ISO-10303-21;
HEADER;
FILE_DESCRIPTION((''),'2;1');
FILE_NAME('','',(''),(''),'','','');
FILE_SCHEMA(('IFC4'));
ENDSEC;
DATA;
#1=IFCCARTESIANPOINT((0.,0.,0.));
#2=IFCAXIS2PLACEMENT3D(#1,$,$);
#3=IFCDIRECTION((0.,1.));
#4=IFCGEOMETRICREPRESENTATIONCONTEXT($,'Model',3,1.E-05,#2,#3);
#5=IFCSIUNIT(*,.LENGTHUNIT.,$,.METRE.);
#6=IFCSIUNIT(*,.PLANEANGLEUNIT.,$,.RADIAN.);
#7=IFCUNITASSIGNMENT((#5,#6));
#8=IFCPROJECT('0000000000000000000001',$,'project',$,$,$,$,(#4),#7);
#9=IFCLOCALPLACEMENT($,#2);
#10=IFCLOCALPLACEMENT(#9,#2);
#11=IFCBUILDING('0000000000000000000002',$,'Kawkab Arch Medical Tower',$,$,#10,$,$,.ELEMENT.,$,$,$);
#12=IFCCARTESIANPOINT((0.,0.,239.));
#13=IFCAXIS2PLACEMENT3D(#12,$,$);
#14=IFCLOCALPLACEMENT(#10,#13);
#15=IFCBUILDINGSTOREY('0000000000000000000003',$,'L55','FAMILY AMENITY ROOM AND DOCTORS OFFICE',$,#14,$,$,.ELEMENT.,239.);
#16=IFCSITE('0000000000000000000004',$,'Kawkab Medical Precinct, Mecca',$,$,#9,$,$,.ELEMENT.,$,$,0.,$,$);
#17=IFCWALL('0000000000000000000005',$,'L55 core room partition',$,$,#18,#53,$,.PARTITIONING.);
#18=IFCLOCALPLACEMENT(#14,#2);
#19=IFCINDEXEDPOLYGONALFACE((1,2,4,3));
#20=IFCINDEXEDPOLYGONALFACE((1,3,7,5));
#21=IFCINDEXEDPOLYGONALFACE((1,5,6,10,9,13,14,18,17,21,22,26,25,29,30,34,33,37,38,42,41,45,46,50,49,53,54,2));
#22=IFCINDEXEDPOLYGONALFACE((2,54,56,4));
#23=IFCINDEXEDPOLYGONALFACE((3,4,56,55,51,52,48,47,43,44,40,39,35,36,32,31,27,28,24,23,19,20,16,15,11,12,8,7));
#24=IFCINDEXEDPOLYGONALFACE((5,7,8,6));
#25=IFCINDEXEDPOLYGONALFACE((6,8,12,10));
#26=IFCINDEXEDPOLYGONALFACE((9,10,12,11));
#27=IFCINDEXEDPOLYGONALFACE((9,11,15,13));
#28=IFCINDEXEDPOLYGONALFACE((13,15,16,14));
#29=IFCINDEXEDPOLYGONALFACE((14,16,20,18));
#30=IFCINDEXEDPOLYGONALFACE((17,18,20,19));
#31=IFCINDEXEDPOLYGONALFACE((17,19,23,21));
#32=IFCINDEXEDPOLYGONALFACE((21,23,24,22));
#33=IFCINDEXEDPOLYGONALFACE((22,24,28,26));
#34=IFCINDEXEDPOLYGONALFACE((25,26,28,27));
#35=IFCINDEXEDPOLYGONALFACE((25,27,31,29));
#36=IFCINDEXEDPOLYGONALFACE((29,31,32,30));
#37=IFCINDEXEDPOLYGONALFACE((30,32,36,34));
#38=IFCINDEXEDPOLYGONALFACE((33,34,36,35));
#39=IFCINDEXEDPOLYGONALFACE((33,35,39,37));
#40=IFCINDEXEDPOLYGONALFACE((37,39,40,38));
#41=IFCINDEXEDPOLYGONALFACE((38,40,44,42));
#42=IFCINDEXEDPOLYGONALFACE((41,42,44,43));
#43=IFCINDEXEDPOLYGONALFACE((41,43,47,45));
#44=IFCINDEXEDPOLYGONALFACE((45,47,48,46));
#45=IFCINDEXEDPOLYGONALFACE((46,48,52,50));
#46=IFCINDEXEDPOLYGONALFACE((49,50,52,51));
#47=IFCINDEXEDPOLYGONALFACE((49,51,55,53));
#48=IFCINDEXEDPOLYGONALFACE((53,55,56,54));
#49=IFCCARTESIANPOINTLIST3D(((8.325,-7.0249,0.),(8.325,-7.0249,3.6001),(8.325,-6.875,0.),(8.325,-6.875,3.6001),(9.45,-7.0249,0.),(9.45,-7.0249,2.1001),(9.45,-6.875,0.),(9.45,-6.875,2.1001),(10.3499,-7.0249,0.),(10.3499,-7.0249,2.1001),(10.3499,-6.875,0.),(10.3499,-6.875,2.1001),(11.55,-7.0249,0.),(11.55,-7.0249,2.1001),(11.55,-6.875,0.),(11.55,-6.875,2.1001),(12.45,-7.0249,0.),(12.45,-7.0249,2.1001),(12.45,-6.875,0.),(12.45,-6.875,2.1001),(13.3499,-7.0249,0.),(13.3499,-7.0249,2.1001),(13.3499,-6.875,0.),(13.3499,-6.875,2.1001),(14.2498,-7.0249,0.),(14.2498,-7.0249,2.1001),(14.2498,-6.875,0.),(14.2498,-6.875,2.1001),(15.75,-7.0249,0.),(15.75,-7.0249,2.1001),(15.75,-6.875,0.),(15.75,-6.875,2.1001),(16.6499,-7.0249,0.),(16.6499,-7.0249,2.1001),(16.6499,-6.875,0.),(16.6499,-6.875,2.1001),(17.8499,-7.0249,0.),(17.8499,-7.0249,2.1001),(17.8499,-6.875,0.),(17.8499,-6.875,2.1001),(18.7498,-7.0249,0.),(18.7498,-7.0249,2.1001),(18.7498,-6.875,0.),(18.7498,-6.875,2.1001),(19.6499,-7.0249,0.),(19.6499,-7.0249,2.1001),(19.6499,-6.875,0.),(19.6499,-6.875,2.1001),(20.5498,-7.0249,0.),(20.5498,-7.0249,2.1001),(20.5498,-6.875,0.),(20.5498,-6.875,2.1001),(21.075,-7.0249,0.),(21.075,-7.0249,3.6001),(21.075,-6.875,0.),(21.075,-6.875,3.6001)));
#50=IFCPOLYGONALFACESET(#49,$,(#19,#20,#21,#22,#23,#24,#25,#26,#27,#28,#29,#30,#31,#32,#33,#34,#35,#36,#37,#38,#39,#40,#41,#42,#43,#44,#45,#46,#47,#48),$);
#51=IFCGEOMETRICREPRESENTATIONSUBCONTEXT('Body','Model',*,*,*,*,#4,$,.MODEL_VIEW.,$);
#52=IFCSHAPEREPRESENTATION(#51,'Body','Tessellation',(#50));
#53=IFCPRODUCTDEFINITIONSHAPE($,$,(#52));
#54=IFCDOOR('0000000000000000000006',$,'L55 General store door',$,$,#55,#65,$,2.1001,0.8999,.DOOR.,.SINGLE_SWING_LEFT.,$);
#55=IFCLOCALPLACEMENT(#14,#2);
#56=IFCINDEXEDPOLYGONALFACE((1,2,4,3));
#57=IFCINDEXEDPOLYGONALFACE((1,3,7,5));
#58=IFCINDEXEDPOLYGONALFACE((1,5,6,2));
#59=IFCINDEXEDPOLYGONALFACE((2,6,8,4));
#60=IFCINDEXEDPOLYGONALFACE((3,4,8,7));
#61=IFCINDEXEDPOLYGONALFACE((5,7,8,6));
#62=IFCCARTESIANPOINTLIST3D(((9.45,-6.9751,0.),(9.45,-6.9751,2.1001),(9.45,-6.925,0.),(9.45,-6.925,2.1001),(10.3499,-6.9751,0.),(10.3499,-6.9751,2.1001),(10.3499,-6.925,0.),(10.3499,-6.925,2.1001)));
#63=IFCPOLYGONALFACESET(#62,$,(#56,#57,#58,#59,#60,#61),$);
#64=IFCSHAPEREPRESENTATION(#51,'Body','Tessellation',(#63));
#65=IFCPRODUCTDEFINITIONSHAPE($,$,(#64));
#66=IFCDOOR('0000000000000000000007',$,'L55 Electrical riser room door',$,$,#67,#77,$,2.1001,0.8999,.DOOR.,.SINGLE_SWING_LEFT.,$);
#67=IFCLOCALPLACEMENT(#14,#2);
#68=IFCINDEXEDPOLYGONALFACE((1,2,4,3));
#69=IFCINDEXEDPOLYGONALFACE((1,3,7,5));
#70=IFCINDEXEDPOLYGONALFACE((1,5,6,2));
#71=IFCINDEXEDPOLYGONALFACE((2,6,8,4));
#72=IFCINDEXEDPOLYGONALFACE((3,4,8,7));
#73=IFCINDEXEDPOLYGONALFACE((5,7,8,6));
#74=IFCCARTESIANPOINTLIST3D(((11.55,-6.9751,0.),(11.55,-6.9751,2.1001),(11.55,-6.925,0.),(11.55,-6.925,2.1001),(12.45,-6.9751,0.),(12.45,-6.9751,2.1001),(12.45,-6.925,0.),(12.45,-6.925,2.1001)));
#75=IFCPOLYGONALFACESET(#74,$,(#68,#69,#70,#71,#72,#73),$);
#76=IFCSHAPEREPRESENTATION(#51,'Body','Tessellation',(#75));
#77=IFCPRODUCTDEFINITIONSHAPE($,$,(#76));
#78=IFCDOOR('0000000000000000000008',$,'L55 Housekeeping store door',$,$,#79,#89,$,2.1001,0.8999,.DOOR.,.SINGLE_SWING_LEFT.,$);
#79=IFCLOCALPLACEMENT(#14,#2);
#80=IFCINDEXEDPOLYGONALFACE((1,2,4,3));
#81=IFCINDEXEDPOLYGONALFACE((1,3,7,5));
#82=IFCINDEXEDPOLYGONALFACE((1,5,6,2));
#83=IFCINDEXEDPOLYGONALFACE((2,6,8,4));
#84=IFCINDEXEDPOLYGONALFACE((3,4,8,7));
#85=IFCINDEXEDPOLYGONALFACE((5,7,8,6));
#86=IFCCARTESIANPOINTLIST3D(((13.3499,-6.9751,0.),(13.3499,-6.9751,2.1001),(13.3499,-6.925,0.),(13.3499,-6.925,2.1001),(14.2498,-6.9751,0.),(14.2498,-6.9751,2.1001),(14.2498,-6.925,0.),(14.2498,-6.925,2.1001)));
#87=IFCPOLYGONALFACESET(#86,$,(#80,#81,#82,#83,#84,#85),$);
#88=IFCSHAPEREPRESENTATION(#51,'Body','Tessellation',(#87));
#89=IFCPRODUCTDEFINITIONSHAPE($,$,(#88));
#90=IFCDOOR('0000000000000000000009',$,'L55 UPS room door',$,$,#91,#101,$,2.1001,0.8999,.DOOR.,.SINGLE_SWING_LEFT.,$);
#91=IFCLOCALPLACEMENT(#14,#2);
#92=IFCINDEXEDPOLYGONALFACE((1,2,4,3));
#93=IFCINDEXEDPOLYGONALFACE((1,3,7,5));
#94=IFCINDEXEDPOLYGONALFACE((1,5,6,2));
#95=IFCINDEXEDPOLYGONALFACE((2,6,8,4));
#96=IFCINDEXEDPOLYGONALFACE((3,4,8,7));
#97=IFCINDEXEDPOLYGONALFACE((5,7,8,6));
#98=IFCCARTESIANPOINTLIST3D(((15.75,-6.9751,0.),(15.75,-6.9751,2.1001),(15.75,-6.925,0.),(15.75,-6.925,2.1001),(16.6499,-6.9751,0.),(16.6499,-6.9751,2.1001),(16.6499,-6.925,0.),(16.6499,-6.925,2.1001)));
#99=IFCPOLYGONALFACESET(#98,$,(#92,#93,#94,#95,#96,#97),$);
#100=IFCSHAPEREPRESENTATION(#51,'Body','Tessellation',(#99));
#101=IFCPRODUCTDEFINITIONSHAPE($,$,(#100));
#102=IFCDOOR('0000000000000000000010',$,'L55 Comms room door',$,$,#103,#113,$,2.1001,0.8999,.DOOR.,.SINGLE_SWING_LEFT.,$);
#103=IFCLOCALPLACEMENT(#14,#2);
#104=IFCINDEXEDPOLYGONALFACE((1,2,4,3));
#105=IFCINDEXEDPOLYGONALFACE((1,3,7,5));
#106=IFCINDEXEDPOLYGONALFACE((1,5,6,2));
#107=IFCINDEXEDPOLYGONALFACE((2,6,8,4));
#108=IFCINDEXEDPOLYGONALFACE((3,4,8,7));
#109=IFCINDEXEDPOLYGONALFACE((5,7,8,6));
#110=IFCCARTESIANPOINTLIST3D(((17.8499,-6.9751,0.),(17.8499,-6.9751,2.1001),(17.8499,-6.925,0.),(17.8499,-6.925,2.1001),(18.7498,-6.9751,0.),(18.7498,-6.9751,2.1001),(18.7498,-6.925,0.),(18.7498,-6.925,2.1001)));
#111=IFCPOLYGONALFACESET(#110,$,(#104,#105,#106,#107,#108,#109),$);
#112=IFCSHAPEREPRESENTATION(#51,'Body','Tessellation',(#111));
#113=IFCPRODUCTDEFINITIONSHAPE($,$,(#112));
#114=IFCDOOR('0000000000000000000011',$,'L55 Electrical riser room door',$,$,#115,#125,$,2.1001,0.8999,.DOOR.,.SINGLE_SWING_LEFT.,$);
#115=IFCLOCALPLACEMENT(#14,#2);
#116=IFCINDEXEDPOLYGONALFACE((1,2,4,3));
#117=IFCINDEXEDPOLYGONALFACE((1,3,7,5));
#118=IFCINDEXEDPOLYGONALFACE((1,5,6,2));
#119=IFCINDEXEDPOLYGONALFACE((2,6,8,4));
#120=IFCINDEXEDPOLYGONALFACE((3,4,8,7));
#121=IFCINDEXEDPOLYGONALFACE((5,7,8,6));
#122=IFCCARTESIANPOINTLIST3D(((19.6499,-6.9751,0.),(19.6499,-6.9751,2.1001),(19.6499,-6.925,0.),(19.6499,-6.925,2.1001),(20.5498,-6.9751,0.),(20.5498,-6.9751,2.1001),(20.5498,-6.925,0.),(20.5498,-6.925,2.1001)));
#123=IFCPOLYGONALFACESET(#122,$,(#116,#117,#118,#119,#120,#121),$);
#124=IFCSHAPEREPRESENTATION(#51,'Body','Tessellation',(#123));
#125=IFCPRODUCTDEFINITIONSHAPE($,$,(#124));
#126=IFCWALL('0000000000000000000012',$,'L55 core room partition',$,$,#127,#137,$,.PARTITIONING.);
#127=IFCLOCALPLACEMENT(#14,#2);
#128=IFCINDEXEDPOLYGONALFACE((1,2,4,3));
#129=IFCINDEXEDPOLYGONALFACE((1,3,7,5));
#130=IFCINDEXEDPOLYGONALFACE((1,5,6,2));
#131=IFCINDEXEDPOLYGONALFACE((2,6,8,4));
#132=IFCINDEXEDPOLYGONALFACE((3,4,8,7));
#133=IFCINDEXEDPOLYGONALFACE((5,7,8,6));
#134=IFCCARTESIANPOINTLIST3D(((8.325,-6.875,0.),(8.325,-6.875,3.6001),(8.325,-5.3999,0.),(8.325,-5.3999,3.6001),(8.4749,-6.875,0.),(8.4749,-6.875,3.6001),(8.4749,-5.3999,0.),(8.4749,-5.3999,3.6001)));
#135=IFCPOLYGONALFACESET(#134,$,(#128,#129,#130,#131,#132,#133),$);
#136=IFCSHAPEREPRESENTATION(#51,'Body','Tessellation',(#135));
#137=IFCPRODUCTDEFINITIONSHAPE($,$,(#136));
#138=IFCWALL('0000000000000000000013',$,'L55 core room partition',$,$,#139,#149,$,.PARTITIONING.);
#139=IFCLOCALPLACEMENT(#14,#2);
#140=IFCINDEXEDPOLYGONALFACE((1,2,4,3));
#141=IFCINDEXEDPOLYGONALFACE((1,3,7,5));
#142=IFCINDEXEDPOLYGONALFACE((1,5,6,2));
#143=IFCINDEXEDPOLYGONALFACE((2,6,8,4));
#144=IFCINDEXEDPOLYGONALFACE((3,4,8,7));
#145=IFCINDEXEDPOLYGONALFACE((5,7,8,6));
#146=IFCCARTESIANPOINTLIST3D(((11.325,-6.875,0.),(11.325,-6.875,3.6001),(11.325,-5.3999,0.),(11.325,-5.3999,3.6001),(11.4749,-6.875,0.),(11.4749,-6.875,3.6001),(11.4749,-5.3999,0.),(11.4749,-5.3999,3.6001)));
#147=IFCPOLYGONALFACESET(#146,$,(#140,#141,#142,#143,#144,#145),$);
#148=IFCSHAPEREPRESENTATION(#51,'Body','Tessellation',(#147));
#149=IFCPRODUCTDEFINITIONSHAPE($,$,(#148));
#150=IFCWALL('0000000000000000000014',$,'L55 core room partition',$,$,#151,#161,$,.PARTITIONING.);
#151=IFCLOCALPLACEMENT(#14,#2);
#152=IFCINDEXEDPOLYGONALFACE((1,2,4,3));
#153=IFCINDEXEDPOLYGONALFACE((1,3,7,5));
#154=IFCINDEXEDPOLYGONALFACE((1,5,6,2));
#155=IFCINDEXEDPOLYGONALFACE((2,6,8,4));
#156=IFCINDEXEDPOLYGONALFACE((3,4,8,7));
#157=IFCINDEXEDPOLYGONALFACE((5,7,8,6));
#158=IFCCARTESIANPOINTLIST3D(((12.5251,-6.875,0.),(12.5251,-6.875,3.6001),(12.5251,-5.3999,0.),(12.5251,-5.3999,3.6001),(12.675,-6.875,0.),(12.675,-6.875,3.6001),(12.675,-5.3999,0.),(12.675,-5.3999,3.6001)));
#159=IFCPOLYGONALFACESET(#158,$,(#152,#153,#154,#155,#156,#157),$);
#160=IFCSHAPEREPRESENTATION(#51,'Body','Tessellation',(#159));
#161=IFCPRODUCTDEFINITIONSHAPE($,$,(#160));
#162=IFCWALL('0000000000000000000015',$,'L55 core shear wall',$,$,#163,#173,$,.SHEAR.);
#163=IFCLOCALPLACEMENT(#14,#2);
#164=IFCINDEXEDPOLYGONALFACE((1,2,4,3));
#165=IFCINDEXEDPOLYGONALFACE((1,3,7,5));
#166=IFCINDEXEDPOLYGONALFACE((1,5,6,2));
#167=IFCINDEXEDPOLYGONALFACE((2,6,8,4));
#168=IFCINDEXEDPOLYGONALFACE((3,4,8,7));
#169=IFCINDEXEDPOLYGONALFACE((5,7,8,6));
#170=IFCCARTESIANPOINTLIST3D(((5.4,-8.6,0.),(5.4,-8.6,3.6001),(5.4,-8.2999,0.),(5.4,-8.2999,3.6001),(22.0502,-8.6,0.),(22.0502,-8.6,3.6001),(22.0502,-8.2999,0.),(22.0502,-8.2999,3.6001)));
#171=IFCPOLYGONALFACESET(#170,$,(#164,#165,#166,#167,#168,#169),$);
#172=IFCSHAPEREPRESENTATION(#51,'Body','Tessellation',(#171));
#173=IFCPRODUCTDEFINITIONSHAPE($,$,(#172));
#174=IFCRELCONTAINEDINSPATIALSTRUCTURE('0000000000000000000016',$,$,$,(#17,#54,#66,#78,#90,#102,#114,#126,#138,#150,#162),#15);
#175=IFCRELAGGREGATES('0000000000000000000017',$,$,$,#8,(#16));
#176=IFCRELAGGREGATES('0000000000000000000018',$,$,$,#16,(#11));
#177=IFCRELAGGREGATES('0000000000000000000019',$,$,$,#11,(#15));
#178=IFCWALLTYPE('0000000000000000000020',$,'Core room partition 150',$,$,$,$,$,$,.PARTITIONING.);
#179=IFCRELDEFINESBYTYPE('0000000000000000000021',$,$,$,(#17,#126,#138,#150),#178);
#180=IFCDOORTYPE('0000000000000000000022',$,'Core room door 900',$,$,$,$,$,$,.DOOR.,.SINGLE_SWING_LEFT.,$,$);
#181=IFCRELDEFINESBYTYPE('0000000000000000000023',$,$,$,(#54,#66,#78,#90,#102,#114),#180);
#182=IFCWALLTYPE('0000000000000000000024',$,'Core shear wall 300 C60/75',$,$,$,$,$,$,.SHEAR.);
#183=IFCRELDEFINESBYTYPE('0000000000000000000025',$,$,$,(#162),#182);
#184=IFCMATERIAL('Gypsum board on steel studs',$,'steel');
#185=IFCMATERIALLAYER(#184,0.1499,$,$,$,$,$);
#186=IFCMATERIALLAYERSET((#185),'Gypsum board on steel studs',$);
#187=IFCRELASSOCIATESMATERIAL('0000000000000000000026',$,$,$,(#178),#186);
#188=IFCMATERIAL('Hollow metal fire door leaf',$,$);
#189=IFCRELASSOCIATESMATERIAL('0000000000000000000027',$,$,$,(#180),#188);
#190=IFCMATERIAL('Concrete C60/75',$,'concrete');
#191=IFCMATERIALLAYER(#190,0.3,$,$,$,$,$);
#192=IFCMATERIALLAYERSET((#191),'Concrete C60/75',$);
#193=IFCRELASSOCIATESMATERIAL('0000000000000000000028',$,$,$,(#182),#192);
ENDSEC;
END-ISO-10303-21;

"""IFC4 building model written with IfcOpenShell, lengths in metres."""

from ifc_helpers import new_model, si_unit, direction, frame, frame_2d, origin, place, context, subcontext, project, spatial, rectangle, extrude, material, layer, layer_set, type_object, element, fill, save


model = new_model("IFC4")

# Units and contexts
model_context = context("Model", 3, precision=1e-05, world=origin(), true_north=direction((0.0, 1.0)))
body_context = subcontext(model_context, "Body", "Model", "MODEL_VIEW")
ifc_project = project(units=[si_unit("LENGTHUNIT", "METRE"), si_unit("PLANEANGLEUNIT", "RADIAN")], contexts=[model_context])

# Site, building, storey
site_placement = place(None, origin())
site = spatial("IfcSite", under=ifc_project, at=site_placement, Name="Kawkab Medical Precinct, Mecca", CompositionType="ELEMENT", RefElevation=0.0)
building_placement = place(site_placement, origin())
building = spatial("IfcBuilding", under=site, at=building_placement, Name="Kawkab Arch Medical Tower", CompositionType="ELEMENT")
storey_placement = place(building_placement, frame((0.0, 0.0, 239.0)))
storey = spatial("IfcBuildingStorey", under=building, at=storey_placement, Name="L55", Description="FAMILY AMENITY ROOM AND DOCTORS OFFICE", CompositionType="ELEMENT", Elevation=239.0)

# Wall, openings, doors
ifc_material_1 = material(Name="Gypsum board on steel studs", Category="steel")
ifc_layer_1 = layer(ifc_material_1, 0.1499)
ifc_layer_set_1 = layer_set([ifc_layer_1], Name="Gypsum board on steel studs")
wall_type_1 = type_object("IfcWallType", Name="Core room partition 150", PredefinedType="PARTITIONING", material=ifc_layer_set_1)
wall_1_placement = place(storey_placement, frame((8.325, -6.95, 0.0), z_axis=(0.0, 0.0, 1.0), x_axis=(1.0, 0.0, 0.0)))
wall_1 = element("IfcWall", 1, at=wall_1_placement, inside=storey, type_object=wall_type_1, Name="L55 core room partition", PredefinedType="PARTITIONING", context=body_context, shape_type="SweptSolid", body=[
    extrude(rectangle(XDim=12.75, YDim=0.1499, at=frame_2d((6.375, 0.0))), origin(), (0.0, 0.0, 1.0), 3.6001),
])
opening_1_placement = place(wall_1_placement, frame((1.125, 0.0, 0.0)))
opening_1 = element("IfcOpeningElement", 2, at=opening_1_placement, cuts=wall_1, PredefinedType="OPENING", context=body_context, shape_type="SweptSolid", body=[
    extrude(rectangle(XDim=0.8999, YDim=2.1001, at=frame_2d((0.45, 1.05))), frame((0.0, 0.085, 0.0), z_axis=(0.0, -1.0, 0.0), x_axis=(1.0, 0.0, 0.0)), (0.0, 0.0, 1.0), 0.1699),
])
opening_2_placement = place(wall_1_placement, frame((3.2251, 0.0, 0.0)))
opening_2 = element("IfcOpeningElement", 3, at=opening_2_placement, cuts=wall_1, PredefinedType="OPENING", context=body_context, shape_type="SweptSolid", body=[
    extrude(rectangle(XDim=0.8999, YDim=2.1001, at=frame_2d((0.45, 1.05))), frame((0.0, 0.085, 0.0), z_axis=(0.0, -1.0, 0.0), x_axis=(1.0, 0.0, 0.0)), (0.0, 0.0, 1.0), 0.1699),
])
opening_3_placement = place(wall_1_placement, frame((5.0249, 0.0, 0.0)))
opening_3 = element("IfcOpeningElement", 4, at=opening_3_placement, cuts=wall_1, PredefinedType="OPENING", context=body_context, shape_type="SweptSolid", body=[
    extrude(rectangle(XDim=0.8999, YDim=2.1001, at=frame_2d((0.45, 1.05))), frame((0.0, 0.085, 0.0), z_axis=(0.0, -1.0, 0.0), x_axis=(1.0, 0.0, 0.0)), (0.0, 0.0, 1.0), 0.1699),
])
opening_4_placement = place(wall_1_placement, frame((7.425, 0.0, 0.0)))
opening_4 = element("IfcOpeningElement", 5, at=opening_4_placement, cuts=wall_1, PredefinedType="OPENING", context=body_context, shape_type="SweptSolid", body=[
    extrude(rectangle(XDim=0.8999, YDim=2.1001, at=frame_2d((0.45, 1.05))), frame((0.0, 0.085, 0.0), z_axis=(0.0, -1.0, 0.0), x_axis=(1.0, 0.0, 0.0)), (0.0, 0.0, 1.0), 0.1699),
])
opening_5_placement = place(wall_1_placement, frame((9.5249, 0.0, 0.0)))
opening_5 = element("IfcOpeningElement", 6, at=opening_5_placement, cuts=wall_1, PredefinedType="OPENING", context=body_context, shape_type="SweptSolid", body=[
    extrude(rectangle(XDim=0.8999, YDim=2.1001, at=frame_2d((0.45, 1.05))), frame((0.0, 0.085, 0.0), z_axis=(0.0, -1.0, 0.0), x_axis=(1.0, 0.0, 0.0)), (0.0, 0.0, 1.0), 0.1699),
])
opening_6_placement = place(wall_1_placement, frame((11.325, 0.0, 0.0)))
opening_6 = element("IfcOpeningElement", 7, at=opening_6_placement, cuts=wall_1, PredefinedType="OPENING", context=body_context, shape_type="SweptSolid", body=[
    extrude(rectangle(XDim=0.8999, YDim=2.1001, at=frame_2d((0.45, 1.05))), frame((0.0, 0.085, 0.0), z_axis=(0.0, -1.0, 0.0), x_axis=(1.0, 0.0, 0.0)), (0.0, 0.0, 1.0), 0.1699),
])
ifc_material_2 = material(Name="Hollow metal fire door leaf")
door_type_1 = type_object("IfcDoorType", Name="Core room door 900", OperationType="SINGLE_SWING_LEFT", PredefinedType="DOOR", material=ifc_material_2)
door_1_placement = place(opening_1_placement, origin())
door_1 = element("IfcDoor", 8, at=door_1_placement, inside=storey, type_object=door_type_1, Name="L55 General store door", OperationType="SINGLE_SWING_LEFT", OverallHeight=2.1001, OverallWidth=0.8999, PredefinedType="DOOR", context=body_context, shape_type="SweptSolid", body=[
    extrude(rectangle(XDim=0.8999, YDim=2.1001, at=frame_2d((0.45, 1.05))), frame((0.0, 0.0249, 0.0), z_axis=(0.0, -1.0, 0.0), x_axis=(1.0, 0.0, 0.0)), (0.0, 0.0, 1.0), 0.05),
])
fill(opening_1, door_1)
door_2_placement = place(opening_2_placement, origin())
door_2 = element("IfcDoor", 9, at=door_2_placement, inside=storey, type_object=door_type_1, Name="L55 Electrical riser room door", OperationType="SINGLE_SWING_LEFT", OverallHeight=2.1001, OverallWidth=0.8999, PredefinedType="DOOR", context=body_context, shape_type="SweptSolid", body=[
    extrude(rectangle(XDim=0.8999, YDim=2.1001, at=frame_2d((0.45, 1.05))), frame((0.0, 0.0249, 0.0), z_axis=(0.0, -1.0, 0.0), x_axis=(1.0, 0.0, 0.0)), (0.0, 0.0, 1.0), 0.05),
])
fill(opening_2, door_2)
door_3_placement = place(opening_3_placement, origin())
door_3 = element("IfcDoor", 10, at=door_3_placement, inside=storey, type_object=door_type_1, Name="L55 Housekeeping store door", OperationType="SINGLE_SWING_LEFT", OverallHeight=2.1001, OverallWidth=0.8999, PredefinedType="DOOR", context=body_context, shape_type="SweptSolid", body=[
    extrude(rectangle(XDim=0.8999, YDim=2.1001, at=frame_2d((0.45, 1.05))), frame((0.0, 0.0249, 0.0), z_axis=(0.0, -1.0, 0.0), x_axis=(1.0, 0.0, 0.0)), (0.0, 0.0, 1.0), 0.05),
])
fill(opening_3, door_3)
door_4_placement = place(opening_4_placement, origin())
door_4 = element("IfcDoor", 11, at=door_4_placement, inside=storey, type_object=door_type_1, Name="L55 UPS room door", OperationType="SINGLE_SWING_LEFT", OverallHeight=2.1001, OverallWidth=0.8999, PredefinedType="DOOR", context=body_context, shape_type="SweptSolid", body=[
    extrude(rectangle(XDim=0.8999, YDim=2.1001, at=frame_2d((0.45, 1.05))), frame((0.0, 0.0249, 0.0), z_axis=(0.0, -1.0, 0.0), x_axis=(1.0, 0.0, 0.0)), (0.0, 0.0, 1.0), 0.05),
])
fill(opening_4, door_4)
door_5_placement = place(opening_5_placement, origin())
door_5 = element("IfcDoor", 12, at=door_5_placement, inside=storey, type_object=door_type_1, Name="L55 Comms room door", OperationType="SINGLE_SWING_LEFT", OverallHeight=2.1001, OverallWidth=0.8999, PredefinedType="DOOR", context=body_context, shape_type="SweptSolid", body=[
    extrude(rectangle(XDim=0.8999, YDim=2.1001, at=frame_2d((0.45, 1.05))), frame((0.0, 0.0249, 0.0), z_axis=(0.0, -1.0, 0.0), x_axis=(1.0, 0.0, 0.0)), (0.0, 0.0, 1.0), 0.05),
])
fill(opening_5, door_5)
door_6_placement = place(opening_6_placement, origin())
door_6 = element("IfcDoor", 13, at=door_6_placement, inside=storey, type_object=door_type_1, Name="L55 Electrical riser room door", OperationType="SINGLE_SWING_LEFT", OverallHeight=2.1001, OverallWidth=0.8999, PredefinedType="DOOR", context=body_context, shape_type="SweptSolid", body=[
    extrude(rectangle(XDim=0.8999, YDim=2.1001, at=frame_2d((0.45, 1.05))), frame((0.0, 0.0249, 0.0), z_axis=(0.0, -1.0, 0.0), x_axis=(1.0, 0.0, 0.0)), (0.0, 0.0, 1.0), 0.05),
])
fill(opening_6, door_6)

# Walls
for number, where, z_axis, x_axis, name in (
    (14, (8.3999, -6.875, 0.0), (0.0, 0.0, 1.0), (0.0, 1.0, 0.0), "L55 core room partition"),
    (15, (11.3999, -6.875, 0.0), (0.0, 0.0, 1.0), (0.0, 1.0, 0.0), "L55 core room partition"),
    (16, (12.6001, -6.875, 0.0), (0.0, 0.0, 1.0), (0.0, 1.0, 0.0), "L55 core room partition"),
):
    element("IfcWall", number, at=place(storey_placement, frame(where, z_axis=z_axis, x_axis=x_axis)), inside=storey, type_object=wall_type_1, Name=name, PredefinedType="PARTITIONING", context=body_context, shape_type="SweptSolid", body=[
        extrude(rectangle(XDim=1.4751, YDim=0.1499, at=frame_2d((0.7375, 0.0))), origin(), (0.0, 0.0, 1.0), 3.6001),
    ])
ifc_material_3 = material(Name="Concrete C60/75", Category="concrete")
ifc_layer_2 = layer(ifc_material_3, 0.3)
ifc_layer_set_2 = layer_set([ifc_layer_2], Name="Concrete C60/75")
wall_type_2 = type_object("IfcWallType", Name="Core shear wall 300 C60/75", PredefinedType="SHEAR", material=ifc_layer_set_2)
wall_2_placement = place(storey_placement, frame((5.3999, -8.45, 0.0), z_axis=(0.0, 0.0, 1.0), x_axis=(1.0, 0.0, 0.0)))
element("IfcWall", 17, at=wall_2_placement, inside=storey, type_object=wall_type_2, Name="L55 core shear wall", PredefinedType="SHEAR", context=body_context, shape_type="SweptSolid", body=[
    extrude(rectangle(XDim=16.6501, YDim=0.3, at=frame_2d((8.3252, 0.0))), origin(), (0.0, 0.0, 1.0), 3.6001),
])

save(model, "model.ifc")
